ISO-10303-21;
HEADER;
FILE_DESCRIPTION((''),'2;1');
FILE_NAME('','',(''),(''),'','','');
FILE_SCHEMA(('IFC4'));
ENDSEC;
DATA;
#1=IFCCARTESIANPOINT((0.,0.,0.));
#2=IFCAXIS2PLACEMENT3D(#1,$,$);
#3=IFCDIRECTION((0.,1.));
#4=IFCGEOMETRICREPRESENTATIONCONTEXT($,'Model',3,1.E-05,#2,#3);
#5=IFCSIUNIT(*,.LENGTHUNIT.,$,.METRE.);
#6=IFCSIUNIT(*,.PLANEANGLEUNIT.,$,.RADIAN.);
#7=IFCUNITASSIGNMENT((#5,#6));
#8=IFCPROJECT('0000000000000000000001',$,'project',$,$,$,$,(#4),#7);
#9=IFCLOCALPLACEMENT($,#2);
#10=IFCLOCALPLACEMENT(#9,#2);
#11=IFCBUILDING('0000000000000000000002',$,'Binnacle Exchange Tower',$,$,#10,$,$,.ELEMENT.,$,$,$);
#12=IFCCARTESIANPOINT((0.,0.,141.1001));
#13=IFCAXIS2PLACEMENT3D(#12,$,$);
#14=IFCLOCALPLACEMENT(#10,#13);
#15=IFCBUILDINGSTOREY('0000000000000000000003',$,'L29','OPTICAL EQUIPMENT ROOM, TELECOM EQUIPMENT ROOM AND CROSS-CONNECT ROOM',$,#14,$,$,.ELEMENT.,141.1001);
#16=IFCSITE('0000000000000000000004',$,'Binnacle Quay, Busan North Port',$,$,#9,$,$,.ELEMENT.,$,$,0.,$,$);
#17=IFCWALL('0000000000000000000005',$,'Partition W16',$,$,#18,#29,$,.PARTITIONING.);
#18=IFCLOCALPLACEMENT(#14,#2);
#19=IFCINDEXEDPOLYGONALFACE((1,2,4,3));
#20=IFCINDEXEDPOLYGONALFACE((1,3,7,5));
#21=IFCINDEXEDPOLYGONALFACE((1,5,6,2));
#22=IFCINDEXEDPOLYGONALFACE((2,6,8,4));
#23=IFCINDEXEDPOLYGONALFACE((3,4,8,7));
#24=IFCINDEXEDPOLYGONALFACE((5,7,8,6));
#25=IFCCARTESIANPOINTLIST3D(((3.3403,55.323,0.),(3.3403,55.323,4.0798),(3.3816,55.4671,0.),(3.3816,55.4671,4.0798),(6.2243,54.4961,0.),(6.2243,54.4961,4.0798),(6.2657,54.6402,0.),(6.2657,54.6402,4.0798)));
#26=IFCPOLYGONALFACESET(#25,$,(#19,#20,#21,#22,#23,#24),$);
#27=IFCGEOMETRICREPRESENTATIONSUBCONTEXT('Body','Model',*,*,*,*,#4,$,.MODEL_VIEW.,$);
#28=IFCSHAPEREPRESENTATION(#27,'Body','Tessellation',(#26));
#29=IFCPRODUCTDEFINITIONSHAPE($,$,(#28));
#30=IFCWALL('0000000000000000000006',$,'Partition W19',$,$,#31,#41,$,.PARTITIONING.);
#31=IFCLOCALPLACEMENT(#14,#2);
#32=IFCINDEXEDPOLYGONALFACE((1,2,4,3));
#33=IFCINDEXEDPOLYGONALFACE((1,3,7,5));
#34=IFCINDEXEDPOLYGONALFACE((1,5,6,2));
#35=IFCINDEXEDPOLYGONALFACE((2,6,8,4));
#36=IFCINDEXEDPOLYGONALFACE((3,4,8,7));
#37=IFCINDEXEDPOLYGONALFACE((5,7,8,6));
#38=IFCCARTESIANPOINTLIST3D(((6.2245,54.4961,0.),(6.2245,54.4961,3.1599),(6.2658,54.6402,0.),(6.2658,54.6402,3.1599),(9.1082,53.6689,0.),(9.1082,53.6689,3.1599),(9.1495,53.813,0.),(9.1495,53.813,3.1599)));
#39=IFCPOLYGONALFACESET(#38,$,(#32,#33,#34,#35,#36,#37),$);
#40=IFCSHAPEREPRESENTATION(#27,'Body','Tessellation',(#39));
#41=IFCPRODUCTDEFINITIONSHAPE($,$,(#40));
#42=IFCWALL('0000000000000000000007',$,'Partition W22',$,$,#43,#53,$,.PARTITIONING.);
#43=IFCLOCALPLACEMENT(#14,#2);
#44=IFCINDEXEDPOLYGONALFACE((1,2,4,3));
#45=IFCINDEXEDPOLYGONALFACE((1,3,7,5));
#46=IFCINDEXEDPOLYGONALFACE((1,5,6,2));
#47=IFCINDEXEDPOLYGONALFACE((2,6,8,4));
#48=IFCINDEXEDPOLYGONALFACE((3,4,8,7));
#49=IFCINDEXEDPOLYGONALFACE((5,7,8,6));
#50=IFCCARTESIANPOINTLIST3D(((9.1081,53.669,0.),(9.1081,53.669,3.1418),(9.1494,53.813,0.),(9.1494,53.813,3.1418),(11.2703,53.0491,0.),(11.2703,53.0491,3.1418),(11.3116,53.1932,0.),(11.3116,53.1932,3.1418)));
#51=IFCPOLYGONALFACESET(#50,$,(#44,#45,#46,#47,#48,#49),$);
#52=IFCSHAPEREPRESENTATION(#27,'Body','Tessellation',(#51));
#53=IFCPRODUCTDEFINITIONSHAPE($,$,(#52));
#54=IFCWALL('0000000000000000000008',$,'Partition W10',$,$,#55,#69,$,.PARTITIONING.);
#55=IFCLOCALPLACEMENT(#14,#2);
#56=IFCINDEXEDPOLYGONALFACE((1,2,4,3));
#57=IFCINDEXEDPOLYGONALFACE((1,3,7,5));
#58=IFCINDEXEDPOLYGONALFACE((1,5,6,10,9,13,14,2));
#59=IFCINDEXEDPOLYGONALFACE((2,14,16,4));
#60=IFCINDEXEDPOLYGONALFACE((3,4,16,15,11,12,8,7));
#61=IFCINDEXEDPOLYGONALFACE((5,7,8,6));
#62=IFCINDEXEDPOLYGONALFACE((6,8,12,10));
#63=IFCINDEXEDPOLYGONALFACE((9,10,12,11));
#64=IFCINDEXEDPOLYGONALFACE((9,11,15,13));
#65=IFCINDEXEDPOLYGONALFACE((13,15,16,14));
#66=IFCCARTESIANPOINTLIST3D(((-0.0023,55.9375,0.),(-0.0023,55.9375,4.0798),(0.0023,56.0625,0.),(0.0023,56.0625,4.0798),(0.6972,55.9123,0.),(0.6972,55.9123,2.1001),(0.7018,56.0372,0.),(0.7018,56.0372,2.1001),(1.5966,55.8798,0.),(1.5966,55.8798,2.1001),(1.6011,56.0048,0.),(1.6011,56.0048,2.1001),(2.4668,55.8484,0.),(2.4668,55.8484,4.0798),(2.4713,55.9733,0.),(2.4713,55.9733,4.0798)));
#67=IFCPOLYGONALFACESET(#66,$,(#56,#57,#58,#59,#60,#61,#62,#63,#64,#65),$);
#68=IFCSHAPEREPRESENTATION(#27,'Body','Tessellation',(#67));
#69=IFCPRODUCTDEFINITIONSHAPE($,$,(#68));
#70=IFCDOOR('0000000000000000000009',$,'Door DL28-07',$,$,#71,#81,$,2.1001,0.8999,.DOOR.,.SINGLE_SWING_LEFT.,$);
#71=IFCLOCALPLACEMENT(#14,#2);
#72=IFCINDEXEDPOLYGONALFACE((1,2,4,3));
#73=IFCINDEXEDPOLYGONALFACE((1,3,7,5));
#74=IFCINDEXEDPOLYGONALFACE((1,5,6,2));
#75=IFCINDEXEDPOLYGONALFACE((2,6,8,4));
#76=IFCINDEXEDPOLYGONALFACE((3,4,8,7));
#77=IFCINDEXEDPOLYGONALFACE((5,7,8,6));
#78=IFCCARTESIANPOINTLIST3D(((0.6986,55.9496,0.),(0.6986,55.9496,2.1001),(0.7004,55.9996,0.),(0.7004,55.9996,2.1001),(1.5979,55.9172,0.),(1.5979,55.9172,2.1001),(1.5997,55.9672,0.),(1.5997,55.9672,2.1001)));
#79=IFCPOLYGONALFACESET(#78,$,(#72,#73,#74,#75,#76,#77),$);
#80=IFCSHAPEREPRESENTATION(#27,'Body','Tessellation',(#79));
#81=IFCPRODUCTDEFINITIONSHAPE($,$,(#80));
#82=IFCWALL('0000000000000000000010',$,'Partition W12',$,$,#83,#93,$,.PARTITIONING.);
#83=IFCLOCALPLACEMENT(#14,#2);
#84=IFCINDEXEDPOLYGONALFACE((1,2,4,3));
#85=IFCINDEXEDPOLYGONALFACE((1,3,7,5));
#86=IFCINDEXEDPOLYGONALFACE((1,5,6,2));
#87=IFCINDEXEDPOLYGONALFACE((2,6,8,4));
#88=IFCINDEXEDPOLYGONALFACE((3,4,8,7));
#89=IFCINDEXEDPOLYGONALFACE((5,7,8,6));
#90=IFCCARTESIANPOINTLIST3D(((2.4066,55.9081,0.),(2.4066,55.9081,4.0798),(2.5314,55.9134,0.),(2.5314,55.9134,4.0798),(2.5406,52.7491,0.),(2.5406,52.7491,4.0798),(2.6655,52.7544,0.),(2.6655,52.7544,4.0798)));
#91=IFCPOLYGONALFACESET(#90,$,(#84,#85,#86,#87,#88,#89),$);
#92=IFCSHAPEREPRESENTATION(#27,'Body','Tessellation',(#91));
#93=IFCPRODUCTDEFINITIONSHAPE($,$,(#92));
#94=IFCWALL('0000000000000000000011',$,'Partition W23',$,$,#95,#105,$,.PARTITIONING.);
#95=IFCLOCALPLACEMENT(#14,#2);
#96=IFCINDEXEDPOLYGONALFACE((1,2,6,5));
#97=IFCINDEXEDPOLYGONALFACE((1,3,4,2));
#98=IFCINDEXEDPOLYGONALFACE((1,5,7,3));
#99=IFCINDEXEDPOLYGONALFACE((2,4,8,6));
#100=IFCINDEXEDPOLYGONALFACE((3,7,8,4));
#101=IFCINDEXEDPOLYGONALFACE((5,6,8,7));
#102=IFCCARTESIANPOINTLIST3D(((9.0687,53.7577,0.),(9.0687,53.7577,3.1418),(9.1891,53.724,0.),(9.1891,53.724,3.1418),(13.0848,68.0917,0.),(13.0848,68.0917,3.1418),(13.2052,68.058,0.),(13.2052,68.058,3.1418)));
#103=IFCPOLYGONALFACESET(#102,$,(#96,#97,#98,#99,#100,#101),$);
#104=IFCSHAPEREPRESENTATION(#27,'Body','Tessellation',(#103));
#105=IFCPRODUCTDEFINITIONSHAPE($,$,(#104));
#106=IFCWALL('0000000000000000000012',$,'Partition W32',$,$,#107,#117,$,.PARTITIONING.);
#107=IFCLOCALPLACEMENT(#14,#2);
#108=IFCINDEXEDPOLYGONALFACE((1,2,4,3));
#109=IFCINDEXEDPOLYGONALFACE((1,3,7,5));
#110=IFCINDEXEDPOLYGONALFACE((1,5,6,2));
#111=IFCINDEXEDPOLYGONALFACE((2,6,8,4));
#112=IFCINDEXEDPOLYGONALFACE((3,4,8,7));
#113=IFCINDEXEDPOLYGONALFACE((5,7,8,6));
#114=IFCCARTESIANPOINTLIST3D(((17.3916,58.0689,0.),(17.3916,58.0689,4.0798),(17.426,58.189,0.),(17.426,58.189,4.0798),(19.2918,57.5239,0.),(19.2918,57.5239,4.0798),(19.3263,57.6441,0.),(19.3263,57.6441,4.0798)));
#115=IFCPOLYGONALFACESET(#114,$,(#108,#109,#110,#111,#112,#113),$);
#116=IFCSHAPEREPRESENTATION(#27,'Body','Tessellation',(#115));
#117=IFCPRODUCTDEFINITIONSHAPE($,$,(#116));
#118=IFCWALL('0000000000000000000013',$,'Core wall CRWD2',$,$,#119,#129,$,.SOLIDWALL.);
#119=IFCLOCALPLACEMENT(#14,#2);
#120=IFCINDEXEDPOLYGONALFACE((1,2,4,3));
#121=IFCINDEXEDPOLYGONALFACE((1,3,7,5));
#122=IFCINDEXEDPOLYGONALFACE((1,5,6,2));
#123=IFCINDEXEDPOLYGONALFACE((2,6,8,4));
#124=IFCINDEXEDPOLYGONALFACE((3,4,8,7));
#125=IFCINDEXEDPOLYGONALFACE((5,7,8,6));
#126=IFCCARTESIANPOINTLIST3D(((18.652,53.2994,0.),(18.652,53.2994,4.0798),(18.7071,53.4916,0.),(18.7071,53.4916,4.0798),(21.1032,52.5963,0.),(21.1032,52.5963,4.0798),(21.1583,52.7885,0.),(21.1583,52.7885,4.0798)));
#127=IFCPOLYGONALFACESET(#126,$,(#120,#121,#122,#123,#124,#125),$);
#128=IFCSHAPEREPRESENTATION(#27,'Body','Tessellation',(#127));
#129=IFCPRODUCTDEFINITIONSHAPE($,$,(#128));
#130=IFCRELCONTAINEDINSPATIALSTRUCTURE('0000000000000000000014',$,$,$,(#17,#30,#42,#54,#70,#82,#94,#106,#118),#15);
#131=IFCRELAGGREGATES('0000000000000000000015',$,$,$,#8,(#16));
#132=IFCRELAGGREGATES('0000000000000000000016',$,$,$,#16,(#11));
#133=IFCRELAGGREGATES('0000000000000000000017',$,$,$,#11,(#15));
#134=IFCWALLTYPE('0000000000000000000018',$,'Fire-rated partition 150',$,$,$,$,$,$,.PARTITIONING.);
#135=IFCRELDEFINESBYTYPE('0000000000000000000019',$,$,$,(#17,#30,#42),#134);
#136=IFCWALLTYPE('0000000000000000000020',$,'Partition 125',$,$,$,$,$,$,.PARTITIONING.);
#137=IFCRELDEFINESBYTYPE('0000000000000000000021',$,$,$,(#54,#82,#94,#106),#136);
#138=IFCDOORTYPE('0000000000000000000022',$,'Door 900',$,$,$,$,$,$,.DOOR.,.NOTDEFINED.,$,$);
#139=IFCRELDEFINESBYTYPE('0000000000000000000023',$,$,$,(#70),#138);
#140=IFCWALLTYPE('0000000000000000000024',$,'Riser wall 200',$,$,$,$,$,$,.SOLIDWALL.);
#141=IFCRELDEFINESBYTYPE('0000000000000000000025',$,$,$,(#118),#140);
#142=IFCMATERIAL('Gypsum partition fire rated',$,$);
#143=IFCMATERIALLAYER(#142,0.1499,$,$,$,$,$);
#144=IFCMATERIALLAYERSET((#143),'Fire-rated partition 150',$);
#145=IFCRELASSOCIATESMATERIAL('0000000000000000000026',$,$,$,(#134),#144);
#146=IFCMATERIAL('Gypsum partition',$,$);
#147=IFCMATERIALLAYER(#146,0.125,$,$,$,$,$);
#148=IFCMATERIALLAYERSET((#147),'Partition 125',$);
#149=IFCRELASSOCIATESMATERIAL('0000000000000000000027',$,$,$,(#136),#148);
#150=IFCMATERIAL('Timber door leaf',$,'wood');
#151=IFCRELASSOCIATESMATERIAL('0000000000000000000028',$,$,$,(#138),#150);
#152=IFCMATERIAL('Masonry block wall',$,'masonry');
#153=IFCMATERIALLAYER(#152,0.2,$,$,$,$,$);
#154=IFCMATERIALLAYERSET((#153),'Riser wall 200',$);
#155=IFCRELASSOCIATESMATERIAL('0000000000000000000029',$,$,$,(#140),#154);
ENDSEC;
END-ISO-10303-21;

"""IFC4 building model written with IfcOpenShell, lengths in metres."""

from ifc_helpers import new_model, si_unit, direction, frame, frame_2d, origin, place, context, subcontext, project, spatial, rectangle, extrude, material, layer, layer_set, type_object, element, fill, save


model = new_model("IFC4")

# Units and contexts
model_context = context("Model", 3, precision=1e-05, world=origin(), true_north=direction((0.0, 1.0)))
body_context = subcontext(model_context, "Body", "Model", "MODEL_VIEW")
ifc_project = project(units=[si_unit("LENGTHUNIT", "METRE"), si_unit("PLANEANGLEUNIT", "RADIAN")], contexts=[model_context])

# Site, building, storey
site_placement = place(None, origin())
site = spatial("IfcSite", under=ifc_project, at=site_placement, Name="Binnacle Quay, Busan North Port", CompositionType="ELEMENT", RefElevation=0.0)
building_placement = place(site_placement, origin())
building = spatial("IfcBuilding", under=site, at=building_placement, Name="Binnacle Exchange Tower", CompositionType="ELEMENT")
storey_placement = place(building_placement, frame((0.0, 0.0, 141.1001)))
storey = spatial("IfcBuildingStorey", under=building, at=storey_placement, Name="L29", Description="OPTICAL EQUIPMENT ROOM, TELECOM EQUIPMENT ROOM AND CROSS-CONNECT ROOM", CompositionType="ELEMENT", Elevation=141.1001)

# Walls
ifc_material_1 = material(Name="Gypsum partition fire rated")
ifc_layer_1 = layer(ifc_material_1, 0.1499)
ifc_layer_set_1 = layer_set([ifc_layer_1], Name="Fire-rated partition 150")
wall_type_1 = type_object("IfcWallType", Name="Fire-rated partition 150", PredefinedType="PARTITIONING", material=ifc_layer_set_1)
wall_1_placement = place(storey_placement, frame((3.3611, 55.395, 0.0), z_axis=(0.0, 0.0, 1.0), x_axis=(0.961269, -0.275613, 0.0)))
element("IfcWall", 1, at=wall_1_placement, inside=storey, type_object=wall_type_1, Name="Partition W16", PredefinedType="PARTITIONING", context=body_context, shape_type="SweptSolid", body=[
    extrude(rectangle(XDim=3.0002, YDim=0.1499, at=frame_2d((1.5, 0.0))), origin(), (0.0, 0.0, 1.0), 4.0798),
])
wall_2_placement = place(storey_placement, frame((6.2451, 54.5681, 0.0), z_axis=(0.0, 0.0, 1.0), x_axis=(0.961241, -0.27571, 0.0)))
element("IfcWall", 2, at=wall_2_placement, inside=storey, type_object=wall_type_1, Name="Partition W19", PredefinedType="PARTITIONING", context=body_context, shape_type="SweptSolid", body=[
    extrude(rectangle(XDim=3.0, YDim=0.1499, at=frame_2d((1.5, 0.0))), origin(), (0.0, 0.0, 1.0), 3.1599),
])
wall_3_placement = place(storey_placement, frame((9.1289, 53.741, 0.0), z_axis=(0.0, 0.0, 1.0), x_axis=(0.961274, -0.275596, 0.0)))
element("IfcWall", 3, at=wall_3_placement, inside=storey, type_object=wall_type_1, Name="Partition W22", PredefinedType="PARTITIONING", context=body_context, shape_type="SweptSolid", body=[
    extrude(rectangle(XDim=2.2493, YDim=0.1499, at=frame_2d((1.1245, 0.0))), origin(), (0.0, 0.0, 1.0), 3.1418),
])

# Wall, opening, door
ifc_material_2 = material(Name="Gypsum partition")
ifc_layer_2 = layer(ifc_material_2, 0.125)
ifc_layer_set_2 = layer_set([ifc_layer_2], Name="Partition 125")
wall_type_2 = type_object("IfcWallType", Name="Partition 125", PredefinedType="PARTITIONING", material=ifc_layer_set_2)
wall_4_placement = place(storey_placement, frame((0.0, 56.0, 0.0), z_axis=(0.0, 0.0, 1.0), x_axis=(0.999349, -0.036069, 0.0)))
wall_4 = element("IfcWall", 4, at=wall_4_placement, inside=storey, type_object=wall_type_2, Name="Partition W10", PredefinedType="PARTITIONING", context=body_context, shape_type="SweptSolid", body=[
    extrude(rectangle(XDim=2.4707, YDim=0.125, at=frame_2d((1.2354, 0.0))), origin(), (0.0, 0.0, 1.0), 4.0798),
])
opening_1_placement = place(wall_4_placement, frame((0.7, 0.0, 0.0)))
opening_1 = element("IfcOpeningElement", 5, at=opening_1_placement, cuts=wall_4, PredefinedType="OPENING", context=body_context, shape_type="SweptSolid", body=[
    extrude(rectangle(XDim=0.8999, YDim=2.1001, at=frame_2d((0.45, 1.05))), frame((0.0, 0.0725, 0.0), z_axis=(0.0, -1.0, 0.0), x_axis=(1.0, 0.0, 0.0)), (0.0, 0.0, 1.0), 0.145),
])
ifc_material_3 = material(Name="Timber door leaf", Category="wood")
door_type = type_object("IfcDoorType", Name="Door 900", OperationType="NOTDEFINED", PredefinedType="DOOR", material=ifc_material_3)
door_placement = place(opening_1_placement, origin())
door = element("IfcDoor", 6, at=door_placement, inside=storey, type_object=door_type, Name="Door DL28-07", OperationType="SINGLE_SWING_LEFT", OverallHeight=2.1001, OverallWidth=0.8999, PredefinedType="DOOR", context=body_context, shape_type="SweptSolid", body=[
    extrude(rectangle(XDim=0.8999, YDim=2.1001, at=frame_2d((0.45, 1.05))), frame((0.0, 0.0249, 0.0), z_axis=(0.0, -1.0, 0.0), x_axis=(1.0, 0.0, 0.0)), (0.0, 0.0, 1.0), 0.05),
])
fill(opening_1, door)

# Walls
wall_5_placement = place(storey_placement, frame((2.469, 55.9109, 0.0), z_axis=(0.0, 0.0, 1.0), x_axis=(0.042392, -0.999101, 0.0)))
element("IfcWall", 7, at=wall_5_placement, inside=storey, type_object=wall_type_2, Name="Partition W12", PredefinedType="PARTITIONING", context=body_context, shape_type="SweptSolid", body=[
    extrude(rectangle(XDim=3.1619, YDim=0.125, at=frame_2d((1.5811, 0.0))), origin(), (0.0, 0.0, 1.0), 4.0798),
])
wall_6_placement = place(storey_placement, frame((9.1289, 53.741, 0.0), z_axis=(0.0, 0.0, 1.0), x_axis=(0.269792, 0.962919, 0.0)))
element("IfcWall", 8, at=wall_6_placement, inside=storey, type_object=wall_type_2, Name="Partition W23", PredefinedType="PARTITIONING", context=body_context, shape_type="SweptSolid", body=[
    extrude(rectangle(XDim=14.886, YDim=0.125, at=frame_2d((7.4429, 0.0))), origin(), (0.0, 0.0, 1.0), 3.1418),
])
wall_7_placement = place(storey_placement, frame((17.4089, 58.1289, 0.0), z_axis=(0.0, 0.0, 1.0), x_axis=(0.961253, -0.275667, 0.0)))
element("IfcWall", 9, at=wall_7_placement, inside=storey, type_object=wall_type_2, Name="Partition W32", PredefinedType="PARTITIONING", context=body_context, shape_type="SweptSolid", body=[
    extrude(rectangle(XDim=1.9768, YDim=0.125, at=frame_2d((0.9883, 0.0))), origin(), (0.0, 0.0, 1.0), 4.0798),
])
ifc_material_4 = material(Name="Masonry block wall", Category="masonry")
ifc_layer_3 = layer(ifc_material_4, 0.2)
ifc_layer_set_3 = layer_set([ifc_layer_3], Name="Riser wall 200")
wall_type_3 = type_object("IfcWallType", Name="Riser wall 200", PredefinedType="SOLIDWALL", material=ifc_layer_set_3)
wall_8_placement = place(storey_placement, frame((18.6797, 53.3955, 0.0), z_axis=(0.0, 0.0, 1.0), x_axis=(0.961234, -0.275733, 0.0)))
element("IfcWall", 10, at=wall_8_placement, inside=storey, type_object=wall_type_3, Name="Core wall CRWD2", PredefinedType="SOLIDWALL", context=body_context, shape_type="SweptSolid", body=[
    extrude(rectangle(XDim=2.55, YDim=0.2, at=frame_2d((1.2749, 0.0))), origin(), (0.0, 0.0, 1.0), 4.0798),
])

save(model, "model.ifc")
